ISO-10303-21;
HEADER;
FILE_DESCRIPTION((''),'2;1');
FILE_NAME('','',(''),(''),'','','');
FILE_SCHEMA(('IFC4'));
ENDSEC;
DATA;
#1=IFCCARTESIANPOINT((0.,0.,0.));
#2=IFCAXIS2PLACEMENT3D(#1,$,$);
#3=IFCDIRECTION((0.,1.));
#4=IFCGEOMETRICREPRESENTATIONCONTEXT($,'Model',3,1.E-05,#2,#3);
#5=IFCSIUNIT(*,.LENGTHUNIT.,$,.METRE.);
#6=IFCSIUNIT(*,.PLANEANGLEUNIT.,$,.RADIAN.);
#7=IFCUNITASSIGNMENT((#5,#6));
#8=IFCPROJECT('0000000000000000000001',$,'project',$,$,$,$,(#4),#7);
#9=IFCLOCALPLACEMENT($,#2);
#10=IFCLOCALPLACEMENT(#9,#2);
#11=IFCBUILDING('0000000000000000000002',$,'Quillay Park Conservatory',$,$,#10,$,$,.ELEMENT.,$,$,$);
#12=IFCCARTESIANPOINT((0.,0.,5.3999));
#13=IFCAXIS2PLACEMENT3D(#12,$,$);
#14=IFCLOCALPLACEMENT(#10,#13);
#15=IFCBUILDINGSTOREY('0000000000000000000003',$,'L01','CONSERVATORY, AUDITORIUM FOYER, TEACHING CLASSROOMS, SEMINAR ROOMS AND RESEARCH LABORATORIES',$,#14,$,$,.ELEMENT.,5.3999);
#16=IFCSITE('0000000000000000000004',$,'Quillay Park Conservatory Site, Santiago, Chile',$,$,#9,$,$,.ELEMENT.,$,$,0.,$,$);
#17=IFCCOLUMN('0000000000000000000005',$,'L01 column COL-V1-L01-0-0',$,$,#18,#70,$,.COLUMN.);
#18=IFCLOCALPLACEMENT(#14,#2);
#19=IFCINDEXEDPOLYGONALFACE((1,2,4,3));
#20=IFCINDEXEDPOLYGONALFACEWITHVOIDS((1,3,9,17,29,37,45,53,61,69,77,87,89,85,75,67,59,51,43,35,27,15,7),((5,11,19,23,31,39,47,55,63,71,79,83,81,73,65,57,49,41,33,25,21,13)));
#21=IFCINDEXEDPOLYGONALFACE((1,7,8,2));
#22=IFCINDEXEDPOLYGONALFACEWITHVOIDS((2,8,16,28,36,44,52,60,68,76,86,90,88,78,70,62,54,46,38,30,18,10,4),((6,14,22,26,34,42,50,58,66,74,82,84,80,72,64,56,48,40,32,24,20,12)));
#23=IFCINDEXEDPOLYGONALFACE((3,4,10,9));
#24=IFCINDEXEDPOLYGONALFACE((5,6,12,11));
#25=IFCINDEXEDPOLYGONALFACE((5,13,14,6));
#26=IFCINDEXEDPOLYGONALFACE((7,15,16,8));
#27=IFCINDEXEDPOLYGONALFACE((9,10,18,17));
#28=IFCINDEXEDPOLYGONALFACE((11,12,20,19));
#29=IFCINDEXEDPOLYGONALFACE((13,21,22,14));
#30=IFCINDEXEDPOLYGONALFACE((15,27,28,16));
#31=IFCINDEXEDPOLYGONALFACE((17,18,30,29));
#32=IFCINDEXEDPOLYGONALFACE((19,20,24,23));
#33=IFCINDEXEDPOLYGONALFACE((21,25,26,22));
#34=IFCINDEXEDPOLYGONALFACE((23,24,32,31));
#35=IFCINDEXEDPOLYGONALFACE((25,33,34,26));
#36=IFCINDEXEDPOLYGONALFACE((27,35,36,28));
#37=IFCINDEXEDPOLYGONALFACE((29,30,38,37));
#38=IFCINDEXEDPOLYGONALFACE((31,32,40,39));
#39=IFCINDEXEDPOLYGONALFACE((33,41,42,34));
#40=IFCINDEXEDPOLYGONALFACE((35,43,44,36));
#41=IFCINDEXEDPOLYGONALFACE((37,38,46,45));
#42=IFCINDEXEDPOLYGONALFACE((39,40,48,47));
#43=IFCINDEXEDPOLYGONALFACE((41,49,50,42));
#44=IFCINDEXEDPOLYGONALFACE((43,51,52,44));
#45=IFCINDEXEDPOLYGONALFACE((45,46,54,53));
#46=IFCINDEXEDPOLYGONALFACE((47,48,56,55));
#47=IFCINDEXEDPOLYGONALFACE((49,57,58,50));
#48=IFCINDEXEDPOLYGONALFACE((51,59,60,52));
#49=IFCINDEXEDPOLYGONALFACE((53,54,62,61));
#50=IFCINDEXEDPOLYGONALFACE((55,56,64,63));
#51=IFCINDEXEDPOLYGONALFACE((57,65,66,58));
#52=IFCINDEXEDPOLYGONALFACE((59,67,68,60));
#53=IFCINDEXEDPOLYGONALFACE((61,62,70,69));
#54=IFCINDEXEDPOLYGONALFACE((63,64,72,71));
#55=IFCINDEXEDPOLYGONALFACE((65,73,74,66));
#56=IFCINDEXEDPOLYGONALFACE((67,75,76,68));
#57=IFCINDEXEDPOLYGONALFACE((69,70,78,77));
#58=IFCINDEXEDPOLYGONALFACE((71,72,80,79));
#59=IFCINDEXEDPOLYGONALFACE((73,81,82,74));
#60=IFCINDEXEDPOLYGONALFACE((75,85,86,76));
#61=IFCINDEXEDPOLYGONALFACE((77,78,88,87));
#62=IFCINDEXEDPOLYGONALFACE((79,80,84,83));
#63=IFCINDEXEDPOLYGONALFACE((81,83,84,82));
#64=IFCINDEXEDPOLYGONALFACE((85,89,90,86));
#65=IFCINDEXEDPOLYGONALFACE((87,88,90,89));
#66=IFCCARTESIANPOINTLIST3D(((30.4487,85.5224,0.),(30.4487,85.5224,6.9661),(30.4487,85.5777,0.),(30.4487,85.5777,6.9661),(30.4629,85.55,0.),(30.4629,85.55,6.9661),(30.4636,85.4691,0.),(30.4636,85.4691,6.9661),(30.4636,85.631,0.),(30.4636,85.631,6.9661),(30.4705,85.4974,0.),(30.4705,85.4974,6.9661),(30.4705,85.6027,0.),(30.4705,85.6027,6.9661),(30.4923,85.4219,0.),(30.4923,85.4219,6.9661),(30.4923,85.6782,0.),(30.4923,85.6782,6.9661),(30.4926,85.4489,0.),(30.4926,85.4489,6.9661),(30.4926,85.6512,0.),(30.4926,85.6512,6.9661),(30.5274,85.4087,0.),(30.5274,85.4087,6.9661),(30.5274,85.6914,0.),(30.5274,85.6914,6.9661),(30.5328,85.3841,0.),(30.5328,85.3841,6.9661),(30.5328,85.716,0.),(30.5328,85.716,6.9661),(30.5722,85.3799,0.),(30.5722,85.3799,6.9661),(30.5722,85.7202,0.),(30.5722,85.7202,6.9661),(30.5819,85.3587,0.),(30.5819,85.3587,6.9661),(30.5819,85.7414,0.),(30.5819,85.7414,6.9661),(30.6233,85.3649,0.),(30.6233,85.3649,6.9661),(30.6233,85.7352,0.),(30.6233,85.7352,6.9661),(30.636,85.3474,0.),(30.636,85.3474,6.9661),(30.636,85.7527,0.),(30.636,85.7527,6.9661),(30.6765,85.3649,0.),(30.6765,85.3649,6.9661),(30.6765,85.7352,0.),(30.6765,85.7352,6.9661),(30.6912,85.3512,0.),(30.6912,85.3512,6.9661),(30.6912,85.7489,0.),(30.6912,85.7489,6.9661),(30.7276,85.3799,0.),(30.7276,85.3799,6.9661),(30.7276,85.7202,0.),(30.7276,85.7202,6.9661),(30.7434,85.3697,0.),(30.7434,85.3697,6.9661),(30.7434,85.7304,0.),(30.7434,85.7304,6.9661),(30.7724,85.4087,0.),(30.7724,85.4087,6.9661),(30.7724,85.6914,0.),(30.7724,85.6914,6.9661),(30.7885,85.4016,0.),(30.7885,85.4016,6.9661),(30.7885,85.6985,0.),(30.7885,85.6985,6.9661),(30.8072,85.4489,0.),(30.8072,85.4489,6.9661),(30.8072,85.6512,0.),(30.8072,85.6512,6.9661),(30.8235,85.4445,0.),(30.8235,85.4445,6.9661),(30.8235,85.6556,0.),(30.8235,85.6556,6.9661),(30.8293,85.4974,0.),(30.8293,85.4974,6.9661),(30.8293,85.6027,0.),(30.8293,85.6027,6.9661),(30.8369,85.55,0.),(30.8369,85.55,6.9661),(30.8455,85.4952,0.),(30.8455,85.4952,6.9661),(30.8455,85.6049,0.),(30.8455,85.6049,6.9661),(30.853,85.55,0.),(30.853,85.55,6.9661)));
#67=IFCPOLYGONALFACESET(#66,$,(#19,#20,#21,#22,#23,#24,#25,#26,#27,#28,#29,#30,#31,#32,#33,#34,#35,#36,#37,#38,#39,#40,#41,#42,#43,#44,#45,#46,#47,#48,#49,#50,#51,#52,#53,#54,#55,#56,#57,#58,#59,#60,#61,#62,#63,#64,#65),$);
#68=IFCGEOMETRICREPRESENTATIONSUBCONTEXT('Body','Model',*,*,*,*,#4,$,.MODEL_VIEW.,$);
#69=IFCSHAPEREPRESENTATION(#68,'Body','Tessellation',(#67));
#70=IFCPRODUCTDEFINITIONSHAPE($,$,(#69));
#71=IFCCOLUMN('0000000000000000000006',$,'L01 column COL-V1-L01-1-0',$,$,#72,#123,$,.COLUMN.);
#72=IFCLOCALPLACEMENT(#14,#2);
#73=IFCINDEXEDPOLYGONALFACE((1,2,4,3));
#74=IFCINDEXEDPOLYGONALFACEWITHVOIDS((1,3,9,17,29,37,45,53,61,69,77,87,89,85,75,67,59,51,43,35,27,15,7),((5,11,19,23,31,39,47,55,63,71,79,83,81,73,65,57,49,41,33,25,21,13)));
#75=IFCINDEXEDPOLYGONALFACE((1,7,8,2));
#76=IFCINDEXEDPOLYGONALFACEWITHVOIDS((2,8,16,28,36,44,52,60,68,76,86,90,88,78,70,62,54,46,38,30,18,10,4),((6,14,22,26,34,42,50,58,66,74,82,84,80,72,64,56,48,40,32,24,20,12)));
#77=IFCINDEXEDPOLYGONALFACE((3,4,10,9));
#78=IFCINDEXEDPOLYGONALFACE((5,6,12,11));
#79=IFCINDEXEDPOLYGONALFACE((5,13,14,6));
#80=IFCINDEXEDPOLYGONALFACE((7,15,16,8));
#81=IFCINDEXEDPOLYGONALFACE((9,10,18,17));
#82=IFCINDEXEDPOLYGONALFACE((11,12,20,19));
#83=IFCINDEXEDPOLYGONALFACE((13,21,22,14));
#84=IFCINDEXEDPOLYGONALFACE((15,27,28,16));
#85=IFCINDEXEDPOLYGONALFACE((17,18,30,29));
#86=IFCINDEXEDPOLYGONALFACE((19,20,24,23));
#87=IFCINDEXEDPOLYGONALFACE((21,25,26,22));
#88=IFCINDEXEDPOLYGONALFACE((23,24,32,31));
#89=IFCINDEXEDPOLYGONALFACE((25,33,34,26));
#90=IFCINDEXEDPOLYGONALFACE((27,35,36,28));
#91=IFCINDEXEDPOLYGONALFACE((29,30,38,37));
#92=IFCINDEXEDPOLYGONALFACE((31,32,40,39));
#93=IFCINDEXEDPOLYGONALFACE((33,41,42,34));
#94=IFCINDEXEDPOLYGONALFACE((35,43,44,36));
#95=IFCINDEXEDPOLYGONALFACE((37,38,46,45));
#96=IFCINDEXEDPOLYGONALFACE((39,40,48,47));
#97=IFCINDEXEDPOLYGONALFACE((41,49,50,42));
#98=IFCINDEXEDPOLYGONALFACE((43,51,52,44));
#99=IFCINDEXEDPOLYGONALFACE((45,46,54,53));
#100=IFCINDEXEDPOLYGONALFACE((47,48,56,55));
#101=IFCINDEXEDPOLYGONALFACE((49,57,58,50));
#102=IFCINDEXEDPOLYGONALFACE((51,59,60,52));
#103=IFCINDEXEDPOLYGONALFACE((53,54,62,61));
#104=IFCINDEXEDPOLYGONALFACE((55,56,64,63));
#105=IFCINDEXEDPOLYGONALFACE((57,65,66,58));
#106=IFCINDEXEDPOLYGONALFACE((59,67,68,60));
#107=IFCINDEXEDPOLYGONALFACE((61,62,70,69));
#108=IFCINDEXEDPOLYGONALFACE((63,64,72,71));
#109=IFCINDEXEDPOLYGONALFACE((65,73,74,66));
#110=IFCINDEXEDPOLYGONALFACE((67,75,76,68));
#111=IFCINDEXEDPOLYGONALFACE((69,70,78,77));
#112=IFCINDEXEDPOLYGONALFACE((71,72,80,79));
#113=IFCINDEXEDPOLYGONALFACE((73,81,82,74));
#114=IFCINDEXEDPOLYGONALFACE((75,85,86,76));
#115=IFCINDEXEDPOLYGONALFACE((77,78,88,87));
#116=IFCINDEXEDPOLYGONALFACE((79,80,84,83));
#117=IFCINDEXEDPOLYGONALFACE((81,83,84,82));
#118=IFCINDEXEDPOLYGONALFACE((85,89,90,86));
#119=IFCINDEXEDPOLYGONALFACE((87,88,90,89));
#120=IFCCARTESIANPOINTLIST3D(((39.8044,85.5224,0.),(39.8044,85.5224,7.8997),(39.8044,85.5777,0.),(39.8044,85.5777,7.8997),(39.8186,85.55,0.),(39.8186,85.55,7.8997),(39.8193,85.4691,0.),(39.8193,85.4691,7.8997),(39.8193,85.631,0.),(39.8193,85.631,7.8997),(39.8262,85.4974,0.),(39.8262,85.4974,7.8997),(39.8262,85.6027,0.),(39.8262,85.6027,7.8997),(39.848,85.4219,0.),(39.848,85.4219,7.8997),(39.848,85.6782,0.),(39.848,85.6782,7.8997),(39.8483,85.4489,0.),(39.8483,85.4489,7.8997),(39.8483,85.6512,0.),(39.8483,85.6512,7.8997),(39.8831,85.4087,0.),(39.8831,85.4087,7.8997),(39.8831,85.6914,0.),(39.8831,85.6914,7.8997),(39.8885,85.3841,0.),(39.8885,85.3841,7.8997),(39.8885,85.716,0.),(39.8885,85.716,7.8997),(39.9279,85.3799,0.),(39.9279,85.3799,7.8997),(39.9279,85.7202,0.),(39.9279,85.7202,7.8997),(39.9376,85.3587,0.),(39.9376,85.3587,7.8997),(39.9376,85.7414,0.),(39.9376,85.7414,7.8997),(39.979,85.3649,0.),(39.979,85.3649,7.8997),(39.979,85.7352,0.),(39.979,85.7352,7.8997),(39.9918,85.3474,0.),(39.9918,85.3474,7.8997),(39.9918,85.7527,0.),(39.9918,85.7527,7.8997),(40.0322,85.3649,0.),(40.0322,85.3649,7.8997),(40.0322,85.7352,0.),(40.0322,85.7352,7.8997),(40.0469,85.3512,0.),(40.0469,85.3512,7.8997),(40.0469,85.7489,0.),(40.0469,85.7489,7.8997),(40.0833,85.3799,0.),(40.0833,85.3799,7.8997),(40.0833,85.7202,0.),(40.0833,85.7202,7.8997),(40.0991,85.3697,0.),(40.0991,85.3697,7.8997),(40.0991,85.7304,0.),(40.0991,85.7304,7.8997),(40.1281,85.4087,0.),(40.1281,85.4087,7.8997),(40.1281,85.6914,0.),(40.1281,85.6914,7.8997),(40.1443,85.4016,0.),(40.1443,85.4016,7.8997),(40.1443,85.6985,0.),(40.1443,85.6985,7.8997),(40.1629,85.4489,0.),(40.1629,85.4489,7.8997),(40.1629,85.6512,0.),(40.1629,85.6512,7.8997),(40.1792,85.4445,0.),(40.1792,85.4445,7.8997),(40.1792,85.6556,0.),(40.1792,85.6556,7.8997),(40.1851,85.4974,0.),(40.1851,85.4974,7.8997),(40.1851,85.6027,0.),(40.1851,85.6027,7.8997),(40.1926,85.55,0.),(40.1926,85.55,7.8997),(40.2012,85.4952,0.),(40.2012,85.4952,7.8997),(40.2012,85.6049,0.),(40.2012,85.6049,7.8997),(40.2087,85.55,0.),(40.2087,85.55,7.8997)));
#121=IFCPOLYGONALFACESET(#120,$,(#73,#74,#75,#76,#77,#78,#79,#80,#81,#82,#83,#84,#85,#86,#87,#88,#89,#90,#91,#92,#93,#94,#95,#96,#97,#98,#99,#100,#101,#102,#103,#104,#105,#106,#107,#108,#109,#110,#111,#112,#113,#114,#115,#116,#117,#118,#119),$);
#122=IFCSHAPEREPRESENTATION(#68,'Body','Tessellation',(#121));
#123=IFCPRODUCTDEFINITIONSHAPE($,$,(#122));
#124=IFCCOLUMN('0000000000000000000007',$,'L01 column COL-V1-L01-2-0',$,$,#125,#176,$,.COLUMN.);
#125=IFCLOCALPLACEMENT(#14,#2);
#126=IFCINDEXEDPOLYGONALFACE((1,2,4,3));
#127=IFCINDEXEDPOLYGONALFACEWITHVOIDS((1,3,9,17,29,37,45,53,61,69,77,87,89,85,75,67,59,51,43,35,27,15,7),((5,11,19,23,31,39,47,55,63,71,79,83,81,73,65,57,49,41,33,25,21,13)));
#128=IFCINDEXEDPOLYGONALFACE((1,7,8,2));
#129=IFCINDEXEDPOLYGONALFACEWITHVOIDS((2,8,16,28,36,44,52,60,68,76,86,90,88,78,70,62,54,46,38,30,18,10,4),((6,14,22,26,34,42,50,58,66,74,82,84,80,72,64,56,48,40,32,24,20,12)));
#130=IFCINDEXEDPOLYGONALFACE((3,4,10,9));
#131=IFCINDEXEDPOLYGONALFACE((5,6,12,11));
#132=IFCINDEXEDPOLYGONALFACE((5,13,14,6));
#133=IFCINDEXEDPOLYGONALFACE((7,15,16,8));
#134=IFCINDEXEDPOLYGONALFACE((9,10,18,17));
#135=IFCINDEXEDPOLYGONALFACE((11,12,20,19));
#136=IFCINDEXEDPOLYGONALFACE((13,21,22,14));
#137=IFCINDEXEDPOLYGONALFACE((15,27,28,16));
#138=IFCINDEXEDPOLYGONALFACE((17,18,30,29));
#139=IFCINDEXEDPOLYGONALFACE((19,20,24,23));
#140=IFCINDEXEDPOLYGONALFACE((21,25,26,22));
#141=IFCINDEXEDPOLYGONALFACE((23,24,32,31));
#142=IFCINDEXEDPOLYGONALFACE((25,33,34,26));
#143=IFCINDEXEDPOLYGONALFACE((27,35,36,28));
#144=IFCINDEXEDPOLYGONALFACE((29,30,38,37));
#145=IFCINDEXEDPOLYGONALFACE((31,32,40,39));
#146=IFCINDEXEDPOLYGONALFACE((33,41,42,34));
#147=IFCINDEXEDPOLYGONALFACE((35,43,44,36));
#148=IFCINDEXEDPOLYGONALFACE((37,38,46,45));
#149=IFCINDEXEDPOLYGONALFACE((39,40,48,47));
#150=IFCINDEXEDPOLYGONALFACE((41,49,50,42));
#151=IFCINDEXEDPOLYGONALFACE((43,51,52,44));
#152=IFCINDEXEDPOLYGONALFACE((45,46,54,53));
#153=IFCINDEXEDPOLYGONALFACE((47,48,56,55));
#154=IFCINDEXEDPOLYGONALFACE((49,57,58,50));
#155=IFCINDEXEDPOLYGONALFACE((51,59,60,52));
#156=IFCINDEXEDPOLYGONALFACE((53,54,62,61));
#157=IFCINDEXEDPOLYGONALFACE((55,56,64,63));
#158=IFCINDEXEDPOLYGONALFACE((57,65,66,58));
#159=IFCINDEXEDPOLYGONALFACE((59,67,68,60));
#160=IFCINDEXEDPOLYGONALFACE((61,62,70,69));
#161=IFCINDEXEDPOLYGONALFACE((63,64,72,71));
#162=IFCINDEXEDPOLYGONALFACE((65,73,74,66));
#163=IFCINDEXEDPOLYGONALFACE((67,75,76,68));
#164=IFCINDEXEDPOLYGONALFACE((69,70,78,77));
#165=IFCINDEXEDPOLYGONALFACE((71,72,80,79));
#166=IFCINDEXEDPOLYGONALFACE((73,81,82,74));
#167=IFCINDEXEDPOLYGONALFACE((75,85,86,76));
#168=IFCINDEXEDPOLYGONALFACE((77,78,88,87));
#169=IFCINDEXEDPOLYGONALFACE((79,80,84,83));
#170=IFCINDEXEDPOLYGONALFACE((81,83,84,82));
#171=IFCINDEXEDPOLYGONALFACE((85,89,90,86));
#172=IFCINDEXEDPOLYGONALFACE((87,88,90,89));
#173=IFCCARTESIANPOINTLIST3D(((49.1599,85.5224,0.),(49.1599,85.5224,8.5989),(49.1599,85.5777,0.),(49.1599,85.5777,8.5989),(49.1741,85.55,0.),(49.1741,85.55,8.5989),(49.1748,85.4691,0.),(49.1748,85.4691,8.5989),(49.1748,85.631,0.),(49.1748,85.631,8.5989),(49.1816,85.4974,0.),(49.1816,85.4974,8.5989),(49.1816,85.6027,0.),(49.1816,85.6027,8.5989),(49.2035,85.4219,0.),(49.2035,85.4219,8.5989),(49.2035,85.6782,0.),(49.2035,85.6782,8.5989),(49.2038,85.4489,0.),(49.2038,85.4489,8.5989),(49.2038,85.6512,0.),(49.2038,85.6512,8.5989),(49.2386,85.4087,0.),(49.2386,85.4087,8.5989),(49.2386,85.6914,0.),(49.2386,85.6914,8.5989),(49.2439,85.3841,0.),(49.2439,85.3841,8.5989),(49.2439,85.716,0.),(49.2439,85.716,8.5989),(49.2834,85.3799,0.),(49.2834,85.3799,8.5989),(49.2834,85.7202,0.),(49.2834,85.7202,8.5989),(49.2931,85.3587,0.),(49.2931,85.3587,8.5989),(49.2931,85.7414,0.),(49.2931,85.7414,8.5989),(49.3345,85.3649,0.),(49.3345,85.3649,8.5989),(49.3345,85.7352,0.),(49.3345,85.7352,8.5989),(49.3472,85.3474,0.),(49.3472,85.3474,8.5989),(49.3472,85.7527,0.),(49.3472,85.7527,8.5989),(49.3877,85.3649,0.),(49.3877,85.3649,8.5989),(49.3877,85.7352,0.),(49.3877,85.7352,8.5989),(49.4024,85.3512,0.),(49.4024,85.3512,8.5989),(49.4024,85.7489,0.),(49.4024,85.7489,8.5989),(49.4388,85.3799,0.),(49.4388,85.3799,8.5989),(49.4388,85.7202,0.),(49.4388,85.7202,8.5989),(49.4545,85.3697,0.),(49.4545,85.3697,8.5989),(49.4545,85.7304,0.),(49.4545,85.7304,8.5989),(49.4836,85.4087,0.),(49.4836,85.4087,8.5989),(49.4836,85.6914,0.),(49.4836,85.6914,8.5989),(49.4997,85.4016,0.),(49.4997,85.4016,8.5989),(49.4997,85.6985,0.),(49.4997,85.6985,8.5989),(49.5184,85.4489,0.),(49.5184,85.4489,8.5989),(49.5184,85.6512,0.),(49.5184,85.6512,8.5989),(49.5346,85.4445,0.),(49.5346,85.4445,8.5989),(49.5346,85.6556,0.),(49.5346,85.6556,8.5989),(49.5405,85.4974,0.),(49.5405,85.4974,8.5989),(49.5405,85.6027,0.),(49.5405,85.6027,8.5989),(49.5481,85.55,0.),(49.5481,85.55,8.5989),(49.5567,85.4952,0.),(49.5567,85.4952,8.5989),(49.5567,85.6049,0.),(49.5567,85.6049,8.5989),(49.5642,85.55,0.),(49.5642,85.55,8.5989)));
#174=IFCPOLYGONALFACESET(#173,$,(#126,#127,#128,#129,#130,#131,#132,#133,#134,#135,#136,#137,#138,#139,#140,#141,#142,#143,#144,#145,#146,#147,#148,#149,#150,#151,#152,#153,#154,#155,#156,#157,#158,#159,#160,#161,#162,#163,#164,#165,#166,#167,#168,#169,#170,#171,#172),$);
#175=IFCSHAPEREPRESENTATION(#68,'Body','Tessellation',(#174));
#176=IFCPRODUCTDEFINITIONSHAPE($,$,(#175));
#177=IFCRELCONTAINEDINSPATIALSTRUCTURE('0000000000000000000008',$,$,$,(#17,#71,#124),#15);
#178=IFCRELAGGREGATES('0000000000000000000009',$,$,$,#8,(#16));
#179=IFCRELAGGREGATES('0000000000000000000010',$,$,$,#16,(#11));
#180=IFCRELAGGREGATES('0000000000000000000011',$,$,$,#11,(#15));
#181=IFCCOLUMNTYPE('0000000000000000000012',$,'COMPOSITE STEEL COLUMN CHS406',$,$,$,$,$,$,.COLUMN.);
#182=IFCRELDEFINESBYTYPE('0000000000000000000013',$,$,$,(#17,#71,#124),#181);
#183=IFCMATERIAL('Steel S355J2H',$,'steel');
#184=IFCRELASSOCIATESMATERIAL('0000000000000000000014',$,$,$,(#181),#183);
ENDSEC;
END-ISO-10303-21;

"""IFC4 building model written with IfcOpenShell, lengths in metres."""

from ifc_helpers import new_model, si_unit, direction, frame, origin, origin_2d, place, context, subcontext, project, spatial, hollow_circle, extrude, material, material_profile, profile_set, type_object, element, save


model = new_model("IFC4")

# Units and contexts
model_context = context("Model", 3, precision=1e-05, world=origin(), true_north=direction((0.0, 1.0)))
body_context = subcontext(model_context, "Body", "Model", "MODEL_VIEW")
ifc_project = project(units=[si_unit("LENGTHUNIT", "METRE"), si_unit("PLANEANGLEUNIT", "RADIAN")], contexts=[model_context])

# Site, building, storey
site_placement = place(None, origin())
site = spatial("IfcSite", under=ifc_project, at=site_placement, Name="Quillay Park Conservatory Site, Santiago, Chile", CompositionType="ELEMENT", RefElevation=0.0)
building_placement = place(site_placement, origin())
building = spatial("IfcBuilding", under=site, at=building_placement, Name="Quillay Park Conservatory", CompositionType="ELEMENT")
storey_placement = place(building_placement, frame((0.0, 0.0, 5.3999)))
storey = spatial("IfcBuildingStorey", under=building, at=storey_placement, Name="L01", Description="CONSERVATORY, AUDITORIUM FOYER, TEACHING CLASSROOMS, SEMINAR ROOMS AND RESEARCH LABORATORIES", CompositionType="ELEMENT", Elevation=5.3999)

# Columns
ifc_material_1 = material(Name="Steel S355J2H", Category="steel")
ifc_material_profile_1 = material_profile(ifc_material_1, hollow_circle(Radius=0.2031, WallThickness=0.0161, at=origin_2d()), Name="CHS406.4x16")
ifc_profile_set_1 = profile_set([ifc_material_profile_1], Name="Steel S355J2H")
column_type = type_object("IfcColumnType", Name="COMPOSITE STEEL COLUMN CHS406", PredefinedType="COLUMN", material=ifc_profile_set_1)
column_1_placement = place(storey_placement, frame((30.6499, 85.55, 0.0), z_axis=(0.0, 0.0, 1.0), x_axis=(1.0, 0.0, 0.0)))
element("IfcColumn", 1, at=column_1_placement, inside=storey, type_object=column_type, Name="L01 column COL-V1-L01-0-0", PredefinedType="COLUMN", context=body_context, shape_type="SweptSolid", body=[
    extrude(hollow_circle(Radius=0.2031, WallThickness=0.0161, at=origin_2d()), origin(), (0.0, 0.0, 1.0), 6.9661),
])
column_2_placement = place(storey_placement, frame((40.0056, 85.55, 0.0), z_axis=(0.0, 0.0, 1.0), x_axis=(1.0, 0.0, 0.0)))
element("IfcColumn", 2, at=column_2_placement, inside=storey, type_object=column_type, Name="L01 column COL-V1-L01-1-0", PredefinedType="COLUMN", context=body_context, shape_type="SweptSolid", body=[
    extrude(hollow_circle(Radius=0.2031, WallThickness=0.0161, at=origin_2d()), origin(), (0.0, 0.0, 1.0), 7.8997),
])
column_3_placement = place(storey_placement, frame((49.3611, 85.55, 0.0), z_axis=(0.0, 0.0, 1.0), x_axis=(1.0, 0.0, 0.0)))
element("IfcColumn", 3, at=column_3_placement, inside=storey, type_object=column_type, Name="L01 column COL-V1-L01-2-0", PredefinedType="COLUMN", context=body_context, shape_type="SweptSolid", body=[
    extrude(hollow_circle(Radius=0.2031, WallThickness=0.0161, at=origin_2d()), origin(), (0.0, 0.0, 1.0), 8.5989),
])

save(model, "model.ifc")
